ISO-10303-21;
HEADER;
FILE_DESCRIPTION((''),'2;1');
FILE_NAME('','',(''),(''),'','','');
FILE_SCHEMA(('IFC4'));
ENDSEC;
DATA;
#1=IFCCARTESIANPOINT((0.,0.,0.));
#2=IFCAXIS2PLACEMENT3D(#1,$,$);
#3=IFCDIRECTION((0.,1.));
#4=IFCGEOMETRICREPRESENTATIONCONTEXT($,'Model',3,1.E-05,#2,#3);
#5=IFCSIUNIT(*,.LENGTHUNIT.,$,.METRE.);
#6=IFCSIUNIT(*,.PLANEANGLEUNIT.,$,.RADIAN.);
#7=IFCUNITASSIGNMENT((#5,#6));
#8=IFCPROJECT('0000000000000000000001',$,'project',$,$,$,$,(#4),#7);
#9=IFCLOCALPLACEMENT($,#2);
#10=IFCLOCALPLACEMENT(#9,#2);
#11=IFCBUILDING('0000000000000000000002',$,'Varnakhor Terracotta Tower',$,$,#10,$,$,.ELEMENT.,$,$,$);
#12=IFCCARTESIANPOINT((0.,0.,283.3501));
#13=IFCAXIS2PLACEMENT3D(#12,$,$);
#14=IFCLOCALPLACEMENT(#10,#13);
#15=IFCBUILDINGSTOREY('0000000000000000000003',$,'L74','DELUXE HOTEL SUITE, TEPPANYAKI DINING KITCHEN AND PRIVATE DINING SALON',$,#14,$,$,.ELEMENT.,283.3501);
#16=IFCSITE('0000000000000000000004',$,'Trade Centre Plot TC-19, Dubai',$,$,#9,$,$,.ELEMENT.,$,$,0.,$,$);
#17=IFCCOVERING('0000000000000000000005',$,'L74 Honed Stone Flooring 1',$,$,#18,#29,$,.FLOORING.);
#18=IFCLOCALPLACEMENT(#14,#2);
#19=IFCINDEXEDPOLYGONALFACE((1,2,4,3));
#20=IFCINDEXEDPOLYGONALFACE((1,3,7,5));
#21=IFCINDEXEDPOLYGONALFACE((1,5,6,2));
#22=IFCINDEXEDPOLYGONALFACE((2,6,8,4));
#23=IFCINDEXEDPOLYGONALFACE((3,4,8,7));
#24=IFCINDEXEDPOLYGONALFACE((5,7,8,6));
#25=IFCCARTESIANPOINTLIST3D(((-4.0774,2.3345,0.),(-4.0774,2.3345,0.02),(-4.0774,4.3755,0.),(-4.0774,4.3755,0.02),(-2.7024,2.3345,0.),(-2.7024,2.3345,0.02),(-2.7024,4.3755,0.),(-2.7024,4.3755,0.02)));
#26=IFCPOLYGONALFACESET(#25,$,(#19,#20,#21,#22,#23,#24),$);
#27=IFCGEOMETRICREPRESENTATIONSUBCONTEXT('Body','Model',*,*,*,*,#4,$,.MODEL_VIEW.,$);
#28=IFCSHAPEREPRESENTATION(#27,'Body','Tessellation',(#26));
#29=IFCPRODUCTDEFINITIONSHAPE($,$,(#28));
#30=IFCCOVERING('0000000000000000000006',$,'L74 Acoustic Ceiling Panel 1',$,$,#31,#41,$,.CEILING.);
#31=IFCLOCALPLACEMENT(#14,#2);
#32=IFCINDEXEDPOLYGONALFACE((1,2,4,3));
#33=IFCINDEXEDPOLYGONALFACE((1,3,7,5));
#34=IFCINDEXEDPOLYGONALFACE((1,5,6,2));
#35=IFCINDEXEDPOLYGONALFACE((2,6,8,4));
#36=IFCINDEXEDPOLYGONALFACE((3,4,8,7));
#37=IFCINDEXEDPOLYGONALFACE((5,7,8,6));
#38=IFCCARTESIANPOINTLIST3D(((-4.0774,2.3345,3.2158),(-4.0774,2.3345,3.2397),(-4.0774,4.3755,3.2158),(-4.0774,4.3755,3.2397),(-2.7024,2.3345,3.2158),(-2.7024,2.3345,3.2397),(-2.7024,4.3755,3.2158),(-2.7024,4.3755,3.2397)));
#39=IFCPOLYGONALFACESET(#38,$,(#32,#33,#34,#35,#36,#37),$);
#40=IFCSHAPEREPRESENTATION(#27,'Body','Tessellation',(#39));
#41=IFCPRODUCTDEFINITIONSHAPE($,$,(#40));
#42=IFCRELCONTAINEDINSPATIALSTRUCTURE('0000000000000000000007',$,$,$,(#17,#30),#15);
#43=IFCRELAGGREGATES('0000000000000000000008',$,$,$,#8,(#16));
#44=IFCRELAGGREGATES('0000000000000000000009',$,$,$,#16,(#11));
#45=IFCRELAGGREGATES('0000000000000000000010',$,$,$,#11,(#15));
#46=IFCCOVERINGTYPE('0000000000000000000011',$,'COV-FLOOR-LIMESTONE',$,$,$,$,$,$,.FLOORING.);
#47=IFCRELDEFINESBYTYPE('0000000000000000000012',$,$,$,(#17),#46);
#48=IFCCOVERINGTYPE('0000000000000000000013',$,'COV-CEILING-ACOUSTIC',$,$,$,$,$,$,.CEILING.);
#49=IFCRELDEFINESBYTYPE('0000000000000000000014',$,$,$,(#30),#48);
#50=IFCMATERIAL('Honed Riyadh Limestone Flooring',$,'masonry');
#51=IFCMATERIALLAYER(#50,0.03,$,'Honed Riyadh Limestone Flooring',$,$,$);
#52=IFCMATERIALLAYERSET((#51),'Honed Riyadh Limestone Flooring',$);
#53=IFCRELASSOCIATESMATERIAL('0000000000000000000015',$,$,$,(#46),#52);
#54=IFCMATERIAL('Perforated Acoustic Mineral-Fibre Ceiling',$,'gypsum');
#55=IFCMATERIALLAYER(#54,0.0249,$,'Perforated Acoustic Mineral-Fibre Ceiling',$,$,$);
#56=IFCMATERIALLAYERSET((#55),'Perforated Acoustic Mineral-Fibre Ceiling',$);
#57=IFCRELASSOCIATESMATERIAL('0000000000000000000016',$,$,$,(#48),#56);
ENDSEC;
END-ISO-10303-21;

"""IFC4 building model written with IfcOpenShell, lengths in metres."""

from ifc_helpers import new_model, si_unit, direction, frame, origin, origin_2d, place, context, subcontext, project, spatial, rectangle, extrude, source, transform, mapped, material, layer, layer_set, type_object, element, save


model = new_model("IFC4")

# Units and contexts
model_context = context("Model", 3, precision=1e-05, world=origin(), true_north=direction((0.0, 1.0)))
body_context = subcontext(model_context, "Body", "Model", "MODEL_VIEW")
ifc_project = project(units=[si_unit("LENGTHUNIT", "METRE"), si_unit("PLANEANGLEUNIT", "RADIAN")], contexts=[model_context])

# Site, building, storey
site_placement = place(None, origin())
site = spatial("IfcSite", under=ifc_project, at=site_placement, Name="Trade Centre Plot TC-19, Dubai", CompositionType="ELEMENT", RefElevation=0.0)
building_placement = place(site_placement, origin())
building = spatial("IfcBuilding", under=site, at=building_placement, Name="Varnakhor Terracotta Tower", CompositionType="ELEMENT")
storey_placement = place(building_placement, frame((0.0, 0.0, 283.3501)))
storey = spatial("IfcBuildingStorey", under=building, at=storey_placement, Name="L74", Description="DELUXE HOTEL SUITE, TEPPANYAKI DINING KITCHEN AND PRIVATE DINING SALON", CompositionType="ELEMENT", Elevation=283.3501)

# Coverings
ifc_material_1 = material(Name="Honed Riyadh Limestone Flooring", Category="masonry")
ifc_layer_1 = layer(ifc_material_1, 0.03, Name="Honed Riyadh Limestone Flooring")
ifc_layer_set_1 = layer_set([ifc_layer_1], Name="Honed Riyadh Limestone Flooring")
covering_type_1 = type_object("IfcCoveringType", Name="COV-FLOOR-LIMESTONE", PredefinedType="FLOORING", material=ifc_layer_set_1)
shared_shape_1 = source(origin(), body_context, "Body", "SweptSolid", [
    extrude(rectangle(XDim=1.375, YDim=2.041, at=origin_2d()), origin(), (0.0, 0.0, 1.0), 0.02),
])
covering_1_placement = place(storey_placement, frame((-3.3899, 3.355, 0.0), z_axis=(0.0, 0.0, 1.0), x_axis=(1.0, 0.0, 0.0)))
element("IfcCovering", 1, at=covering_1_placement, inside=storey, type_object=covering_type_1, Name="L74 Honed Stone Flooring 1", PredefinedType="FLOORING", context=body_context, shape_type="MappedRepresentation", body=[
    mapped(shared_shape_1, transform((0.0, 0.0, 0.0), scale=1.0)),
])
ifc_material_2 = material(Name="Perforated Acoustic Mineral-Fibre Ceiling", Category="gypsum")
ifc_layer_2 = layer(ifc_material_2, 0.0249, Name="Perforated Acoustic Mineral-Fibre Ceiling")
ifc_layer_set_2 = layer_set([ifc_layer_2], Name="Perforated Acoustic Mineral-Fibre Ceiling")
covering_type_2 = type_object("IfcCoveringType", Name="COV-CEILING-ACOUSTIC", PredefinedType="CEILING", material=ifc_layer_set_2)
shared_shape_2 = source(origin(), body_context, "Body", "SweptSolid", [
    extrude(rectangle(XDim=1.375, YDim=2.041, at=origin_2d()), origin(), (0.0, 0.0, 1.0), 0.0239),
])
covering_2_placement = place(storey_placement, frame((-3.3899, 3.355, 3.2158), z_axis=(0.0, 0.0, 1.0), x_axis=(1.0, 0.0, 0.0)))
element("IfcCovering", 2, at=covering_2_placement, inside=storey, type_object=covering_type_2, Name="L74 Acoustic Ceiling Panel 1", PredefinedType="CEILING", context=body_context, shape_type="MappedRepresentation", body=[
    mapped(shared_shape_2, transform((0.0, 0.0, 0.0), scale=1.0)),
])

save(model, "model.ifc")
